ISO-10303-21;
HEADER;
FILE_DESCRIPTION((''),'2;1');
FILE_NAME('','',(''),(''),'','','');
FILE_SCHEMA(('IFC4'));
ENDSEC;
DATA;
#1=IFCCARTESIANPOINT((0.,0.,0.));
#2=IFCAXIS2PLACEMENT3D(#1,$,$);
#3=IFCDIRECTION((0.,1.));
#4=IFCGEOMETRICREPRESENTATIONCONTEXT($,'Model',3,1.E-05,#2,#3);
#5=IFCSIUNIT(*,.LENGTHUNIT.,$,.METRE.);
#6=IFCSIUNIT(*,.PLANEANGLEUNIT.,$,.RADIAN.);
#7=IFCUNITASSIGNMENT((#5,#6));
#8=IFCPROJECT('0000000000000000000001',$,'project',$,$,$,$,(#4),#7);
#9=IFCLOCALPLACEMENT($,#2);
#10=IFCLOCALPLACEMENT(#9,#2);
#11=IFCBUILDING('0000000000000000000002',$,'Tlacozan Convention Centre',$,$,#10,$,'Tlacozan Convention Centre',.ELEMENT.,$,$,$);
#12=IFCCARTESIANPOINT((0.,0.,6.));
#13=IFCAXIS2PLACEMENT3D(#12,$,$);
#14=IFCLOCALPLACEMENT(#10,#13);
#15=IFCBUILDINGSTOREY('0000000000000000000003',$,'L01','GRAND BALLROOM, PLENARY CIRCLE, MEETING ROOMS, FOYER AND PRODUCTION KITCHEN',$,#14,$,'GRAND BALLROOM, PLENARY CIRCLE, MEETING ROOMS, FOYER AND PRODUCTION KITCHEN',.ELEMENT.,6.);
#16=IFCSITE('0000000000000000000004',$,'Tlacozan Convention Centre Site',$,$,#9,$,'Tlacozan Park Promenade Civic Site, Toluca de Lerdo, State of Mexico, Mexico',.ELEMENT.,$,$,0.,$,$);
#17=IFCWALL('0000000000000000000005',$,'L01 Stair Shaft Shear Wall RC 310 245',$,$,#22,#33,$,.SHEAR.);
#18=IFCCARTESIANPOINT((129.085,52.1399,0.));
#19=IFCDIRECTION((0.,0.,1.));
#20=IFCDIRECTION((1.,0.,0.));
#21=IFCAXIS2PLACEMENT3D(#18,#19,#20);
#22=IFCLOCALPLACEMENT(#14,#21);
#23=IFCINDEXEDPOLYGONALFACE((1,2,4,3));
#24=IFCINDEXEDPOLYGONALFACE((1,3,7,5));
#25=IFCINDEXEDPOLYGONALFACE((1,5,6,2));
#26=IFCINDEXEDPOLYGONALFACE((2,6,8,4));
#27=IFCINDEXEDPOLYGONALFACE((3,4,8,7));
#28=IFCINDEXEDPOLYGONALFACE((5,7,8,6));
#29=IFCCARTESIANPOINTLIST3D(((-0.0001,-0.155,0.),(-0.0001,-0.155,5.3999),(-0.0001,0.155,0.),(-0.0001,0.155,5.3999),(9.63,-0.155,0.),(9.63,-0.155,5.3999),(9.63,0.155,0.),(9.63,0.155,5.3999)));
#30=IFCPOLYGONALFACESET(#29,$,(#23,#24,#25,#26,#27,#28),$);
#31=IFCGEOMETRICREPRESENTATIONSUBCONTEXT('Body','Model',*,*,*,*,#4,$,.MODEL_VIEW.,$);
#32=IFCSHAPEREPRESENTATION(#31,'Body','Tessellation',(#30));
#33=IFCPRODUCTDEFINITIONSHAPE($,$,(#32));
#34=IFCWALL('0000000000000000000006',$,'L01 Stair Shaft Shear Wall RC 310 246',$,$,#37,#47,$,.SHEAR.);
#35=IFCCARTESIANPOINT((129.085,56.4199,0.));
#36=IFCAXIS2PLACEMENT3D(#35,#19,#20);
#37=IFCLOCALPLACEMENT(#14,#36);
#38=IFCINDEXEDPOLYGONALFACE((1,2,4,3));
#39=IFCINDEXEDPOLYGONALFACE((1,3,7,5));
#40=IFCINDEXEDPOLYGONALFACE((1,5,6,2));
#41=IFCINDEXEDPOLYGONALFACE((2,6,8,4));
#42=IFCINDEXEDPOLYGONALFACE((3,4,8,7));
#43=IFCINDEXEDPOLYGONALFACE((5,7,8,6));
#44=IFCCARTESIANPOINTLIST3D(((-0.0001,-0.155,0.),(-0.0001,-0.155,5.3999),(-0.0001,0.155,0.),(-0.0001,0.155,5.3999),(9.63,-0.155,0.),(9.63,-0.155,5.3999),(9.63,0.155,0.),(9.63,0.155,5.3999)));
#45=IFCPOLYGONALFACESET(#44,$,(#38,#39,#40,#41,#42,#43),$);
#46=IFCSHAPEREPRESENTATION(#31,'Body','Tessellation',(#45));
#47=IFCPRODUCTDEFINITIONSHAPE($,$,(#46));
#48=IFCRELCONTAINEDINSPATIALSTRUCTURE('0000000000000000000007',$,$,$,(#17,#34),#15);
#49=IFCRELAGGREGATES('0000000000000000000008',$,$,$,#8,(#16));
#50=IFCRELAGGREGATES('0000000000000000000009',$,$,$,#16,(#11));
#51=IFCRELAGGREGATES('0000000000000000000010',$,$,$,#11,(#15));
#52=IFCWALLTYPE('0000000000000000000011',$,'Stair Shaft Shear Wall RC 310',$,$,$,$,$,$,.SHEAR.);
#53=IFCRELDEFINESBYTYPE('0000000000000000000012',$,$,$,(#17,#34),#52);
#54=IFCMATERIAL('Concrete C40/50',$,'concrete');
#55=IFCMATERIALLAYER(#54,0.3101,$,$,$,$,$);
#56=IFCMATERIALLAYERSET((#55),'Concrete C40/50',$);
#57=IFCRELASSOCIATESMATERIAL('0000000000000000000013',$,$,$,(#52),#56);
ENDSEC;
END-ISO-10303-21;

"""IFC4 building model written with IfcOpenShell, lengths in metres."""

from ifc_helpers import new_model, si_unit, direction, frame, frame_2d, origin, place, context, subcontext, project, spatial, rectangle, extrude, material, layer, layer_set, type_object, element, save


model = new_model("IFC4")

# Units and contexts
model_context = context("Model", 3, precision=1e-05, world=origin(), true_north=direction((0.0, 1.0)))
body_context = subcontext(model_context, "Body", "Model", "MODEL_VIEW")
ifc_project = project(units=[si_unit("LENGTHUNIT", "METRE"), si_unit("PLANEANGLEUNIT", "RADIAN")], contexts=[model_context])

# Site, building, storey
site_placement = place(None, origin())
site = spatial("IfcSite", under=ifc_project, at=site_placement, Name="Tlacozan Convention Centre Site", LongName="Tlacozan Park Promenade Civic Site, Toluca de Lerdo, State of Mexico, Mexico", CompositionType="ELEMENT", RefElevation=0.0)
building_placement = place(site_placement, origin())
building = spatial("IfcBuilding", under=site, at=building_placement, Name="Tlacozan Convention Centre", LongName="Tlacozan Convention Centre", CompositionType="ELEMENT")
storey_placement = place(building_placement, frame((0.0, 0.0, 6.0)))
storey = spatial("IfcBuildingStorey", under=building, at=storey_placement, Name="L01", Description="GRAND BALLROOM, PLENARY CIRCLE, MEETING ROOMS, FOYER AND PRODUCTION KITCHEN", LongName="GRAND BALLROOM, PLENARY CIRCLE, MEETING ROOMS, FOYER AND PRODUCTION KITCHEN", CompositionType="ELEMENT", Elevation=6.0)

# Shared definitions
ifc_material_1 = material(Name="Concrete C40/50", Category="concrete")

# Walls
ifc_layer_1 = layer(ifc_material_1, 0.3101)
ifc_layer_set_1 = layer_set([ifc_layer_1], Name="Concrete C40/50")
wall_type_1 = type_object("IfcWallType", Name="Stair Shaft Shear Wall RC 310", PredefinedType="SHEAR", material=ifc_layer_set_1)
for number, where, z_axis, x_axis, name in (
    (1, (129.085, 52.1399, 0.0), (0.0, 0.0, 1.0), (1.0, 0.0, 0.0), "L01 Stair Shaft Shear Wall RC 310 245"),
    (2, (129.085, 56.4199, 0.0), (0.0, 0.0, 1.0), (1.0, 0.0, 0.0), "L01 Stair Shaft Shear Wall RC 310 246"),
):
    element("IfcWall", number, at=place(storey_placement, frame(where, z_axis=z_axis, x_axis=x_axis)), inside=storey, type_object=wall_type_1, Name=name, PredefinedType="SHEAR", context=body_context, shape_type="SweptSolid", body=[
        extrude(rectangle(XDim=9.6301, YDim=0.3101, at=frame_2d((4.8149, 0.0))), origin(), (0.0, 0.0, 1.0), 5.3999),
    ])

save(model, "model.ifc")
